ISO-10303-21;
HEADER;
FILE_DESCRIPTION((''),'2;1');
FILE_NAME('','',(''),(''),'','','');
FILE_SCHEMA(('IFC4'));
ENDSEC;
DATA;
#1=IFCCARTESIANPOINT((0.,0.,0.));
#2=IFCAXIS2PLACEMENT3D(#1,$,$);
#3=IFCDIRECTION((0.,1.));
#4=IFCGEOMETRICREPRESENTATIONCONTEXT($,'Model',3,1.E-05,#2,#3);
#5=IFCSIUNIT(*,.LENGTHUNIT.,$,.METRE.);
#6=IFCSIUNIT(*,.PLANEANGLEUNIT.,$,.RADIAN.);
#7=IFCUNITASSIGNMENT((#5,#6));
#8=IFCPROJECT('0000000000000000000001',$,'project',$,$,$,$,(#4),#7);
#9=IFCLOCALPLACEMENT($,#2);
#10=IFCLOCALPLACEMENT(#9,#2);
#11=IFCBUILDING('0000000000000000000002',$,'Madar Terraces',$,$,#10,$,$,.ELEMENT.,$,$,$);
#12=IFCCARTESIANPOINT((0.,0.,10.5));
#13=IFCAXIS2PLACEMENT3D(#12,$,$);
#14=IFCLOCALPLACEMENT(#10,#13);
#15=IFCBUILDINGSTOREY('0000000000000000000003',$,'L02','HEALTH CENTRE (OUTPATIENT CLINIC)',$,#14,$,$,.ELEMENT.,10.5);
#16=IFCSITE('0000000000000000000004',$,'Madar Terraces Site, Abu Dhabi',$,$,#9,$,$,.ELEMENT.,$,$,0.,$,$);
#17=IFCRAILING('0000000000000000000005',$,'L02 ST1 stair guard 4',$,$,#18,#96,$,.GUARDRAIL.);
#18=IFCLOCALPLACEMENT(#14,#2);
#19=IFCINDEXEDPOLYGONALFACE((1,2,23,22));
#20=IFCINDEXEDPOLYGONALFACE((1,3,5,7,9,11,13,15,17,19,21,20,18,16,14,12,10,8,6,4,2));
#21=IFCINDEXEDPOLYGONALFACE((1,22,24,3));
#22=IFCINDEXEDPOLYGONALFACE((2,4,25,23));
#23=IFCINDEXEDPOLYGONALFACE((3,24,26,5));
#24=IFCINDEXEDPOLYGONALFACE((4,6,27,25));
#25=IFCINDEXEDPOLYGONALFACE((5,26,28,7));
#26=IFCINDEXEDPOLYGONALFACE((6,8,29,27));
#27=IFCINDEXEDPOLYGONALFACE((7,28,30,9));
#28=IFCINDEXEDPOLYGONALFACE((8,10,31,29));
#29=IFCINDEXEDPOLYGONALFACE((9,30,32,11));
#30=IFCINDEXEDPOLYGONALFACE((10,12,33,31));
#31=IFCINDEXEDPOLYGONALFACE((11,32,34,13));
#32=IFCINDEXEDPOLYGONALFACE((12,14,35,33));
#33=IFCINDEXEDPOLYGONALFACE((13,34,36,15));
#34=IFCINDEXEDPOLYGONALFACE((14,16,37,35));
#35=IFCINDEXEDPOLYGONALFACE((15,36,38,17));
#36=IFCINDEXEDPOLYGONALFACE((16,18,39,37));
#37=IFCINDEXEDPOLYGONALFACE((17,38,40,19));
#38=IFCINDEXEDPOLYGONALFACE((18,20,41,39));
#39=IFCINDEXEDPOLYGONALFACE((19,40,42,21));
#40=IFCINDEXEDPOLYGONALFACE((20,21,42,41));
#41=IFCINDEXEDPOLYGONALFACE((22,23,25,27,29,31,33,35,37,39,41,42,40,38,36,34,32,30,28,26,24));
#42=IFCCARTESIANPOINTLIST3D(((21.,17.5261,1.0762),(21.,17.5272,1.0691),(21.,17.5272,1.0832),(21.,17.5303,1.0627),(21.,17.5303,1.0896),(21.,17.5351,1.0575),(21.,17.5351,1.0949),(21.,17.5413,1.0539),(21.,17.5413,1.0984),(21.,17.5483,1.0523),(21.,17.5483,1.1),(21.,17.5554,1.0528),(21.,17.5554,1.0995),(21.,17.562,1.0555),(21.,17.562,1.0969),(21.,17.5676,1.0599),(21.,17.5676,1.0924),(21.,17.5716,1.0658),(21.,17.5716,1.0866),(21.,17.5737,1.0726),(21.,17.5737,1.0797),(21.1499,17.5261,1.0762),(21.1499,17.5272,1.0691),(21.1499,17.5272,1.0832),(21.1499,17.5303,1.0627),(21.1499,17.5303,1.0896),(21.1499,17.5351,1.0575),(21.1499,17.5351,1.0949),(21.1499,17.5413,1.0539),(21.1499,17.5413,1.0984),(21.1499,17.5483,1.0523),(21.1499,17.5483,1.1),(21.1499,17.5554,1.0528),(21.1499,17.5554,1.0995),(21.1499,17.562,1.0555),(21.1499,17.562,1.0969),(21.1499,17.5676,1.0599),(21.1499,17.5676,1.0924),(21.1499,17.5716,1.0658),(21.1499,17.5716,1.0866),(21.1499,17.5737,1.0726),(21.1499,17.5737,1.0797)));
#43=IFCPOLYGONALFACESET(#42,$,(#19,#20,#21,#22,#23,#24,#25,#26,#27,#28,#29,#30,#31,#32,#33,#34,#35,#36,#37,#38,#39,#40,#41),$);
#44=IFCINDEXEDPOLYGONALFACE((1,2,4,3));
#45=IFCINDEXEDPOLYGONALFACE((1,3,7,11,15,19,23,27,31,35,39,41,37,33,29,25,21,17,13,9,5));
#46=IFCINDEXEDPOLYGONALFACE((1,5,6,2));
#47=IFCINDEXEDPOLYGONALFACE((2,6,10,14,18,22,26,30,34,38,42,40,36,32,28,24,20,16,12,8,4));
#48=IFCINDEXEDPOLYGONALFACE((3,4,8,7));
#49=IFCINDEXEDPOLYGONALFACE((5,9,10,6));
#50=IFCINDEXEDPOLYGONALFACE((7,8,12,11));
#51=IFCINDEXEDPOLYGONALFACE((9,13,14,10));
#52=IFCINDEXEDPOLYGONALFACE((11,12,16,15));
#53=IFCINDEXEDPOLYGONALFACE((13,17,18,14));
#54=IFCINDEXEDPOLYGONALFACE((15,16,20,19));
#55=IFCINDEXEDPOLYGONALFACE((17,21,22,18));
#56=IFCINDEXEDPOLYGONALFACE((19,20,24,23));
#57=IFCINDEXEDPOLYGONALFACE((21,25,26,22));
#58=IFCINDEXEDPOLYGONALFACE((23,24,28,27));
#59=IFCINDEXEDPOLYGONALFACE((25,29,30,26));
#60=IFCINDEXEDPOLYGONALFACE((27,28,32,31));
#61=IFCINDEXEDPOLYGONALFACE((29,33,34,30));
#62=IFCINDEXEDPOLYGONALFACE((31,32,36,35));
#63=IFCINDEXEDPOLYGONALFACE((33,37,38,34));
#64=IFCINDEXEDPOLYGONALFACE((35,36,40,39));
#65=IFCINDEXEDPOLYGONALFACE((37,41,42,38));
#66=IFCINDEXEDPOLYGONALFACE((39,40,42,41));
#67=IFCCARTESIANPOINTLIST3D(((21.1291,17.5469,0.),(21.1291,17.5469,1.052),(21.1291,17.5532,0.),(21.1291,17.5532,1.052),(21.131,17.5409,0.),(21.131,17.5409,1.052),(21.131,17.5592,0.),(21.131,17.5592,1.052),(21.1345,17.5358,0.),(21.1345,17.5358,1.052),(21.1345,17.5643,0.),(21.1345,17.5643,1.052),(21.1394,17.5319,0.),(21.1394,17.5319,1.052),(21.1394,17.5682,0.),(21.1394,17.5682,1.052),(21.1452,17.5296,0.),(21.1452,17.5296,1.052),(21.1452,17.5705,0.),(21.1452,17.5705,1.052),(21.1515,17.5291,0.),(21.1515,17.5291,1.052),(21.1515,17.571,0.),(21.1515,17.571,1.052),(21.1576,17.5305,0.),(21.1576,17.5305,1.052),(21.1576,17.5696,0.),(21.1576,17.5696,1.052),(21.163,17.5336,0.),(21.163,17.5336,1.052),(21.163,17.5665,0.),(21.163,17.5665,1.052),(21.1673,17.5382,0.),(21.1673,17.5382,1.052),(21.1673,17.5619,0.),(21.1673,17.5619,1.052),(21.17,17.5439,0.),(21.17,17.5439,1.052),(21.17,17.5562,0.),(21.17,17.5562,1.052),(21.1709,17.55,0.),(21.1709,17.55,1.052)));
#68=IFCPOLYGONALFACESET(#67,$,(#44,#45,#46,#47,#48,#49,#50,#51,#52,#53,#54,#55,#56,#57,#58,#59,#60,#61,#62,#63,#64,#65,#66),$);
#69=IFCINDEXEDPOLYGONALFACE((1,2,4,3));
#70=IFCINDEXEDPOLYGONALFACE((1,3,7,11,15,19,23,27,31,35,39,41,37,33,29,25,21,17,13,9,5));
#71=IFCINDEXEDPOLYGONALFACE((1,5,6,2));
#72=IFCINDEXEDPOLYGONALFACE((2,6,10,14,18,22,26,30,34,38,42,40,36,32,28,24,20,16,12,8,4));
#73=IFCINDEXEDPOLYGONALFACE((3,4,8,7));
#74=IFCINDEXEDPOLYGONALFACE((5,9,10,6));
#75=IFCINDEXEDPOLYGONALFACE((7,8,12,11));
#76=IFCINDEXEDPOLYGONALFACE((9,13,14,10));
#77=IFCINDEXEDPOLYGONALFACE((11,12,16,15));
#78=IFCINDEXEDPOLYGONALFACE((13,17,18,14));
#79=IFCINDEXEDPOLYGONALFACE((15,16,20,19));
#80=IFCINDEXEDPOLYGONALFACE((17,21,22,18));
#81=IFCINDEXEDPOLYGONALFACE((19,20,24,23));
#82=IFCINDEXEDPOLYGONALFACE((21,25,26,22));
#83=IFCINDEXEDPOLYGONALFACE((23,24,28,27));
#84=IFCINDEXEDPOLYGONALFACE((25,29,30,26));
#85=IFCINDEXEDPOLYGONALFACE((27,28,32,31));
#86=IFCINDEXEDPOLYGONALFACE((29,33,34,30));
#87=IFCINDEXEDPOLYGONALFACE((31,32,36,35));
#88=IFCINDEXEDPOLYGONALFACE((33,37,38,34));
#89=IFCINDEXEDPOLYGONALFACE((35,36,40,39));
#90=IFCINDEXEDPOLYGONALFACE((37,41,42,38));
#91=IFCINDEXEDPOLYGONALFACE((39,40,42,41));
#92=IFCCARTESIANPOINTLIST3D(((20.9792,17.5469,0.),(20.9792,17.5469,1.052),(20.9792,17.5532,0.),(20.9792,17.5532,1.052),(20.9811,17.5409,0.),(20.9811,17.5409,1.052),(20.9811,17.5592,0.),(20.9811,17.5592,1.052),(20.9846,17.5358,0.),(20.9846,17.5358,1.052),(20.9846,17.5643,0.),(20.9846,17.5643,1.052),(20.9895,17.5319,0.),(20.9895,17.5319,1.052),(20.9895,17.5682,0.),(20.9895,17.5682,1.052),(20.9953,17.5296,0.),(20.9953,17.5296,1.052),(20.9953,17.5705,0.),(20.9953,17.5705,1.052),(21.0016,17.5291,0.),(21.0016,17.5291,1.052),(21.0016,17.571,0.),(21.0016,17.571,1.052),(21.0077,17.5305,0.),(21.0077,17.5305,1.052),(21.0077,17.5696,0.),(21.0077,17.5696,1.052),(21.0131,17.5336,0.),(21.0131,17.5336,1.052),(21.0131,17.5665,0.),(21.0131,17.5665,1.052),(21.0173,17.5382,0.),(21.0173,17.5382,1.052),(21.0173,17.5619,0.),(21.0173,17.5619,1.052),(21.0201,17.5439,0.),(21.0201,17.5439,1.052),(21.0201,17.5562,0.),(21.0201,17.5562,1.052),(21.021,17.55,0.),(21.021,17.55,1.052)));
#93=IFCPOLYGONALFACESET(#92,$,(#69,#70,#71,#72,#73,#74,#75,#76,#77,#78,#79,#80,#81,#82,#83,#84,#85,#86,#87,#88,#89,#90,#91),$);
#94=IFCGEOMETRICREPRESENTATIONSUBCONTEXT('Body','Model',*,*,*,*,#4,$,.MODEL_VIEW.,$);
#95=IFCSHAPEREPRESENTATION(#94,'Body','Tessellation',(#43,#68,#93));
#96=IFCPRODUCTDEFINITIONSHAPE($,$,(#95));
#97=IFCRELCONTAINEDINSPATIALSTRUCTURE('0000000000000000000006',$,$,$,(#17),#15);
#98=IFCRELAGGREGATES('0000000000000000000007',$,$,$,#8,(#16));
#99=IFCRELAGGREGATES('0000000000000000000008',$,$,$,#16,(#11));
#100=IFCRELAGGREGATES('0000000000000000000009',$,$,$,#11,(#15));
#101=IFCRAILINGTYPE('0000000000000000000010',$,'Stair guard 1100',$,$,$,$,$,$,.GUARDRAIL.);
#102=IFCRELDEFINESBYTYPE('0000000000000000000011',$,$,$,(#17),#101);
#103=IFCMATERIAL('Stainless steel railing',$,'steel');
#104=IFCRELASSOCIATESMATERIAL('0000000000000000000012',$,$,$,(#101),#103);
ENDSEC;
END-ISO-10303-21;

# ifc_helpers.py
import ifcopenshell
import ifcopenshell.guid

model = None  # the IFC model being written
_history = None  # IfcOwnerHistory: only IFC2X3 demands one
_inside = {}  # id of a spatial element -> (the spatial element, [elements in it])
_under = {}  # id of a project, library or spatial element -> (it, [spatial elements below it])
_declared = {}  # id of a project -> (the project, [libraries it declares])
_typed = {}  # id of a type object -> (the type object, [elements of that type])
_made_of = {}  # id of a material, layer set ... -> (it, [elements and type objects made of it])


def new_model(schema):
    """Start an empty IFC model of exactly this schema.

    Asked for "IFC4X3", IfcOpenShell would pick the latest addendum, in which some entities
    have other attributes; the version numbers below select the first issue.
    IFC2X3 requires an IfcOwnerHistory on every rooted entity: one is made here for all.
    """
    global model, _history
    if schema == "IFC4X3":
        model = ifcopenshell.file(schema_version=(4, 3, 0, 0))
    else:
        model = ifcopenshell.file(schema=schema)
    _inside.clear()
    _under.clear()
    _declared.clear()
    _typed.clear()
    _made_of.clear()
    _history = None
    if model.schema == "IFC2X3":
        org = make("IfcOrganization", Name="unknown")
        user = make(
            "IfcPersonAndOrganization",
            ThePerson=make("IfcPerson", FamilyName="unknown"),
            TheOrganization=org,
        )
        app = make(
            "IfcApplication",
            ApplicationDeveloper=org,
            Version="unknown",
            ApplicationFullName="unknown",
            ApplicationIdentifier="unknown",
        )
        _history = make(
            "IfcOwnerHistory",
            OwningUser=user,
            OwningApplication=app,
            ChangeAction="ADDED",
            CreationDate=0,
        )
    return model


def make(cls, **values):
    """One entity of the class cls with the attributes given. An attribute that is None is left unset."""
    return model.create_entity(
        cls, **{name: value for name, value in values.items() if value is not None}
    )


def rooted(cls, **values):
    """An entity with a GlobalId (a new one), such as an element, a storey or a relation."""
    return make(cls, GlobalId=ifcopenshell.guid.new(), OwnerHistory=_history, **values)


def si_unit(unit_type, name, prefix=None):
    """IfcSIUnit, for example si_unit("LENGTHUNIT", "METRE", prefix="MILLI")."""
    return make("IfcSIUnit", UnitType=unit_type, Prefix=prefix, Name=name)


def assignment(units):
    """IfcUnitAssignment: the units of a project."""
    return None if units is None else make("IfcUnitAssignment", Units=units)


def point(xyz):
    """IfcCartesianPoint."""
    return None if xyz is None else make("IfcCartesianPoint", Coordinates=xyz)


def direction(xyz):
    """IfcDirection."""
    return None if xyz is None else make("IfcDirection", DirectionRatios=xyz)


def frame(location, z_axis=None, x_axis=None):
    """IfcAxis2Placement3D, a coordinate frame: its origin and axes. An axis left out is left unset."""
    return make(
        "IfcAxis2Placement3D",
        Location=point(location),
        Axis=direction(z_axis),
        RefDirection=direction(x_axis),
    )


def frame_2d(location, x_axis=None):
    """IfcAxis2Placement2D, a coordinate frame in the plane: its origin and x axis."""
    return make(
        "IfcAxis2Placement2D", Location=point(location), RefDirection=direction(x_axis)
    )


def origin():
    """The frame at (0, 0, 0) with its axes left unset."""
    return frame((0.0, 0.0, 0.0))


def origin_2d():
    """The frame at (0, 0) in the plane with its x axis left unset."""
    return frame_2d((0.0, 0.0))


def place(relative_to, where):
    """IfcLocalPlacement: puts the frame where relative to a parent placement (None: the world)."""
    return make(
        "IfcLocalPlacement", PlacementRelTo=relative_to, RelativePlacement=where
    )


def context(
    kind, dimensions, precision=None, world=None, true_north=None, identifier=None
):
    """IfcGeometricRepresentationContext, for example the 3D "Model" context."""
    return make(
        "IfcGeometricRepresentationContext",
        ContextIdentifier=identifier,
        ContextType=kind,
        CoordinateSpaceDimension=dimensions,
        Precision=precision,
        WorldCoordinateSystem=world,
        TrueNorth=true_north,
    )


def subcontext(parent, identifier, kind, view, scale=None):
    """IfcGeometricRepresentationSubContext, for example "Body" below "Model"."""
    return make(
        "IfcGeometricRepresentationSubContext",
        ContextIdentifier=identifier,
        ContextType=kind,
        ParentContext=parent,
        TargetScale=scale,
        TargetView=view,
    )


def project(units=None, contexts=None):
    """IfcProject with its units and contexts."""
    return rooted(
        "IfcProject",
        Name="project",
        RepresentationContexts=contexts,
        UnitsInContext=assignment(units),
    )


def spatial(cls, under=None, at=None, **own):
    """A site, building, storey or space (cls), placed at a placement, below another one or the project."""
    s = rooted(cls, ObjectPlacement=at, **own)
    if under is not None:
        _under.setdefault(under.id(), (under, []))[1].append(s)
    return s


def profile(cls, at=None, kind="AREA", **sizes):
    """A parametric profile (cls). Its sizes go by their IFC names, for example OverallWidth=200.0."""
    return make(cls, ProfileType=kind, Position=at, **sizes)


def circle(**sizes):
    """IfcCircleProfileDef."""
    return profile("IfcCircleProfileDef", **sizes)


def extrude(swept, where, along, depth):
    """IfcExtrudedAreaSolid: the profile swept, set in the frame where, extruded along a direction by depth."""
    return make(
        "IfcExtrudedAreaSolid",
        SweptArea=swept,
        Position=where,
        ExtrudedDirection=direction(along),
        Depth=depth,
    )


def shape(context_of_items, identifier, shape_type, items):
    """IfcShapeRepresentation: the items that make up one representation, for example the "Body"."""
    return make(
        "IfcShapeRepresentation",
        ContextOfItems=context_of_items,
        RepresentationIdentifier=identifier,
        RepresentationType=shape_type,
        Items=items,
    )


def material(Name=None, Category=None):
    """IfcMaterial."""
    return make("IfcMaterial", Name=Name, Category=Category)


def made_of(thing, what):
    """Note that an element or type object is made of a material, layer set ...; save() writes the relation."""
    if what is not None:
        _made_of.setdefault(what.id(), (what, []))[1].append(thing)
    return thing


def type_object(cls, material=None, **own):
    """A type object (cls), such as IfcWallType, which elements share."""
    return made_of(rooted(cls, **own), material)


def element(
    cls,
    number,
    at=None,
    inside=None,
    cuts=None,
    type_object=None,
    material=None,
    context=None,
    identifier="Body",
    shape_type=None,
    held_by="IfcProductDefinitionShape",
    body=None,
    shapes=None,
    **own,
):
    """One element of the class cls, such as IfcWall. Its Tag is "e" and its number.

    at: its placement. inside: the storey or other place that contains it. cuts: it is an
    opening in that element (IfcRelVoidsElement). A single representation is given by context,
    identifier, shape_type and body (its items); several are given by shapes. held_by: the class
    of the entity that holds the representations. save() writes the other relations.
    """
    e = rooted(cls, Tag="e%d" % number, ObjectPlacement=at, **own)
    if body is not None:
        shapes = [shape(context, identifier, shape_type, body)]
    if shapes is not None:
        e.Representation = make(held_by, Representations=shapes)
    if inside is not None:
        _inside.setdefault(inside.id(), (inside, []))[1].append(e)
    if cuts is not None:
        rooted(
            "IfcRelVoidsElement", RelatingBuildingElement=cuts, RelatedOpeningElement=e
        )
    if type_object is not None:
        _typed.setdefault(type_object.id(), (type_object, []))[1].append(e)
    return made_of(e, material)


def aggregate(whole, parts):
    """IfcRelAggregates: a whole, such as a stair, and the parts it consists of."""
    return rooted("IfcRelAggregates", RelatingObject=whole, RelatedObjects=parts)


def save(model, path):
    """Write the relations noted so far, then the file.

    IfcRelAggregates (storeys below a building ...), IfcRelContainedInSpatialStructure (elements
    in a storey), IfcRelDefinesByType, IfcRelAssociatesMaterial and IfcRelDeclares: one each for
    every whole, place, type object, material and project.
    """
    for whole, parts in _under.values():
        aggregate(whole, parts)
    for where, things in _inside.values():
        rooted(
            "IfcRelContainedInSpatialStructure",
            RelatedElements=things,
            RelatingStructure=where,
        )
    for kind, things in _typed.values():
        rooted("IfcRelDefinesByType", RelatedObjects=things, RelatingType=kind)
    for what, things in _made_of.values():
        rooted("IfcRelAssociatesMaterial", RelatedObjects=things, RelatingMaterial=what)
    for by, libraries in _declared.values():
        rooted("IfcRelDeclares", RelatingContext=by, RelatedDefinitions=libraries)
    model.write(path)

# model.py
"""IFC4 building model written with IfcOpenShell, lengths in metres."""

from ifc_helpers import new_model, si_unit, direction, frame, origin, origin_2d, place, context, subcontext, project, spatial, circle, extrude, material, type_object, element, save


model = new_model("IFC4")

# Units and contexts
model_context = context("Model", 3, precision=1e-05, world=origin(), true_north=direction((0.0, 1.0)))
body_context = subcontext(model_context, "Body", "Model", "MODEL_VIEW")
ifc_project = project(units=[si_unit("LENGTHUNIT", "METRE"), si_unit("PLANEANGLEUNIT", "RADIAN")], contexts=[model_context])

# Site, building, storey
site_placement = place(None, origin())
site = spatial("IfcSite", under=ifc_project, at=site_placement, Name="Madar Terraces Site, Abu Dhabi", CompositionType="ELEMENT", RefElevation=0.0)
building_placement = place(site_placement, origin())
building = spatial("IfcBuilding", under=site, at=building_placement, Name="Madar Terraces", CompositionType="ELEMENT")
storey_placement = place(building_placement, frame((0.0, 0.0, 10.5)))
storey = spatial("IfcBuildingStorey", under=building, at=storey_placement, Name="L02", Description="HEALTH CENTRE (OUTPATIENT CLINIC)", CompositionType="ELEMENT", Elevation=10.5)

# Railing
ifc_material_1 = material(Name="Stainless steel railing", Category="steel")
railing_type_1 = type_object("IfcRailingType", Name="Stair guard 1100", PredefinedType="GUARDRAIL", material=ifc_material_1)
railing_1_placement = place(storey_placement, frame((21.1499, 17.55, 0.0)))
element("IfcRailing", 1, at=railing_1_placement, inside=storey, type_object=railing_type_1, Name="L02 ST1 stair guard 4", PredefinedType="GUARDRAIL", context=body_context, shape_type="SweptSolid", body=[
    extrude(circle(Radius=0.0239, at=origin_2d()), frame((0.0, 0.0, 1.0762), z_axis=(-1.0, 0.0, 0.0), x_axis=(0.0, -1.0, 0.0)), (0.0, 0.0, 1.0), 0.1499),
    extrude(circle(Radius=0.021, at=origin_2d()), origin(), (0.0, 0.0, 1.0), 1.052),
    extrude(circle(Radius=0.021, at=origin_2d()), frame((-0.1499, 0.0, 0.0)), (0.0, 0.0, 1.0), 1.052),
])

save(model, "model.ifc")
